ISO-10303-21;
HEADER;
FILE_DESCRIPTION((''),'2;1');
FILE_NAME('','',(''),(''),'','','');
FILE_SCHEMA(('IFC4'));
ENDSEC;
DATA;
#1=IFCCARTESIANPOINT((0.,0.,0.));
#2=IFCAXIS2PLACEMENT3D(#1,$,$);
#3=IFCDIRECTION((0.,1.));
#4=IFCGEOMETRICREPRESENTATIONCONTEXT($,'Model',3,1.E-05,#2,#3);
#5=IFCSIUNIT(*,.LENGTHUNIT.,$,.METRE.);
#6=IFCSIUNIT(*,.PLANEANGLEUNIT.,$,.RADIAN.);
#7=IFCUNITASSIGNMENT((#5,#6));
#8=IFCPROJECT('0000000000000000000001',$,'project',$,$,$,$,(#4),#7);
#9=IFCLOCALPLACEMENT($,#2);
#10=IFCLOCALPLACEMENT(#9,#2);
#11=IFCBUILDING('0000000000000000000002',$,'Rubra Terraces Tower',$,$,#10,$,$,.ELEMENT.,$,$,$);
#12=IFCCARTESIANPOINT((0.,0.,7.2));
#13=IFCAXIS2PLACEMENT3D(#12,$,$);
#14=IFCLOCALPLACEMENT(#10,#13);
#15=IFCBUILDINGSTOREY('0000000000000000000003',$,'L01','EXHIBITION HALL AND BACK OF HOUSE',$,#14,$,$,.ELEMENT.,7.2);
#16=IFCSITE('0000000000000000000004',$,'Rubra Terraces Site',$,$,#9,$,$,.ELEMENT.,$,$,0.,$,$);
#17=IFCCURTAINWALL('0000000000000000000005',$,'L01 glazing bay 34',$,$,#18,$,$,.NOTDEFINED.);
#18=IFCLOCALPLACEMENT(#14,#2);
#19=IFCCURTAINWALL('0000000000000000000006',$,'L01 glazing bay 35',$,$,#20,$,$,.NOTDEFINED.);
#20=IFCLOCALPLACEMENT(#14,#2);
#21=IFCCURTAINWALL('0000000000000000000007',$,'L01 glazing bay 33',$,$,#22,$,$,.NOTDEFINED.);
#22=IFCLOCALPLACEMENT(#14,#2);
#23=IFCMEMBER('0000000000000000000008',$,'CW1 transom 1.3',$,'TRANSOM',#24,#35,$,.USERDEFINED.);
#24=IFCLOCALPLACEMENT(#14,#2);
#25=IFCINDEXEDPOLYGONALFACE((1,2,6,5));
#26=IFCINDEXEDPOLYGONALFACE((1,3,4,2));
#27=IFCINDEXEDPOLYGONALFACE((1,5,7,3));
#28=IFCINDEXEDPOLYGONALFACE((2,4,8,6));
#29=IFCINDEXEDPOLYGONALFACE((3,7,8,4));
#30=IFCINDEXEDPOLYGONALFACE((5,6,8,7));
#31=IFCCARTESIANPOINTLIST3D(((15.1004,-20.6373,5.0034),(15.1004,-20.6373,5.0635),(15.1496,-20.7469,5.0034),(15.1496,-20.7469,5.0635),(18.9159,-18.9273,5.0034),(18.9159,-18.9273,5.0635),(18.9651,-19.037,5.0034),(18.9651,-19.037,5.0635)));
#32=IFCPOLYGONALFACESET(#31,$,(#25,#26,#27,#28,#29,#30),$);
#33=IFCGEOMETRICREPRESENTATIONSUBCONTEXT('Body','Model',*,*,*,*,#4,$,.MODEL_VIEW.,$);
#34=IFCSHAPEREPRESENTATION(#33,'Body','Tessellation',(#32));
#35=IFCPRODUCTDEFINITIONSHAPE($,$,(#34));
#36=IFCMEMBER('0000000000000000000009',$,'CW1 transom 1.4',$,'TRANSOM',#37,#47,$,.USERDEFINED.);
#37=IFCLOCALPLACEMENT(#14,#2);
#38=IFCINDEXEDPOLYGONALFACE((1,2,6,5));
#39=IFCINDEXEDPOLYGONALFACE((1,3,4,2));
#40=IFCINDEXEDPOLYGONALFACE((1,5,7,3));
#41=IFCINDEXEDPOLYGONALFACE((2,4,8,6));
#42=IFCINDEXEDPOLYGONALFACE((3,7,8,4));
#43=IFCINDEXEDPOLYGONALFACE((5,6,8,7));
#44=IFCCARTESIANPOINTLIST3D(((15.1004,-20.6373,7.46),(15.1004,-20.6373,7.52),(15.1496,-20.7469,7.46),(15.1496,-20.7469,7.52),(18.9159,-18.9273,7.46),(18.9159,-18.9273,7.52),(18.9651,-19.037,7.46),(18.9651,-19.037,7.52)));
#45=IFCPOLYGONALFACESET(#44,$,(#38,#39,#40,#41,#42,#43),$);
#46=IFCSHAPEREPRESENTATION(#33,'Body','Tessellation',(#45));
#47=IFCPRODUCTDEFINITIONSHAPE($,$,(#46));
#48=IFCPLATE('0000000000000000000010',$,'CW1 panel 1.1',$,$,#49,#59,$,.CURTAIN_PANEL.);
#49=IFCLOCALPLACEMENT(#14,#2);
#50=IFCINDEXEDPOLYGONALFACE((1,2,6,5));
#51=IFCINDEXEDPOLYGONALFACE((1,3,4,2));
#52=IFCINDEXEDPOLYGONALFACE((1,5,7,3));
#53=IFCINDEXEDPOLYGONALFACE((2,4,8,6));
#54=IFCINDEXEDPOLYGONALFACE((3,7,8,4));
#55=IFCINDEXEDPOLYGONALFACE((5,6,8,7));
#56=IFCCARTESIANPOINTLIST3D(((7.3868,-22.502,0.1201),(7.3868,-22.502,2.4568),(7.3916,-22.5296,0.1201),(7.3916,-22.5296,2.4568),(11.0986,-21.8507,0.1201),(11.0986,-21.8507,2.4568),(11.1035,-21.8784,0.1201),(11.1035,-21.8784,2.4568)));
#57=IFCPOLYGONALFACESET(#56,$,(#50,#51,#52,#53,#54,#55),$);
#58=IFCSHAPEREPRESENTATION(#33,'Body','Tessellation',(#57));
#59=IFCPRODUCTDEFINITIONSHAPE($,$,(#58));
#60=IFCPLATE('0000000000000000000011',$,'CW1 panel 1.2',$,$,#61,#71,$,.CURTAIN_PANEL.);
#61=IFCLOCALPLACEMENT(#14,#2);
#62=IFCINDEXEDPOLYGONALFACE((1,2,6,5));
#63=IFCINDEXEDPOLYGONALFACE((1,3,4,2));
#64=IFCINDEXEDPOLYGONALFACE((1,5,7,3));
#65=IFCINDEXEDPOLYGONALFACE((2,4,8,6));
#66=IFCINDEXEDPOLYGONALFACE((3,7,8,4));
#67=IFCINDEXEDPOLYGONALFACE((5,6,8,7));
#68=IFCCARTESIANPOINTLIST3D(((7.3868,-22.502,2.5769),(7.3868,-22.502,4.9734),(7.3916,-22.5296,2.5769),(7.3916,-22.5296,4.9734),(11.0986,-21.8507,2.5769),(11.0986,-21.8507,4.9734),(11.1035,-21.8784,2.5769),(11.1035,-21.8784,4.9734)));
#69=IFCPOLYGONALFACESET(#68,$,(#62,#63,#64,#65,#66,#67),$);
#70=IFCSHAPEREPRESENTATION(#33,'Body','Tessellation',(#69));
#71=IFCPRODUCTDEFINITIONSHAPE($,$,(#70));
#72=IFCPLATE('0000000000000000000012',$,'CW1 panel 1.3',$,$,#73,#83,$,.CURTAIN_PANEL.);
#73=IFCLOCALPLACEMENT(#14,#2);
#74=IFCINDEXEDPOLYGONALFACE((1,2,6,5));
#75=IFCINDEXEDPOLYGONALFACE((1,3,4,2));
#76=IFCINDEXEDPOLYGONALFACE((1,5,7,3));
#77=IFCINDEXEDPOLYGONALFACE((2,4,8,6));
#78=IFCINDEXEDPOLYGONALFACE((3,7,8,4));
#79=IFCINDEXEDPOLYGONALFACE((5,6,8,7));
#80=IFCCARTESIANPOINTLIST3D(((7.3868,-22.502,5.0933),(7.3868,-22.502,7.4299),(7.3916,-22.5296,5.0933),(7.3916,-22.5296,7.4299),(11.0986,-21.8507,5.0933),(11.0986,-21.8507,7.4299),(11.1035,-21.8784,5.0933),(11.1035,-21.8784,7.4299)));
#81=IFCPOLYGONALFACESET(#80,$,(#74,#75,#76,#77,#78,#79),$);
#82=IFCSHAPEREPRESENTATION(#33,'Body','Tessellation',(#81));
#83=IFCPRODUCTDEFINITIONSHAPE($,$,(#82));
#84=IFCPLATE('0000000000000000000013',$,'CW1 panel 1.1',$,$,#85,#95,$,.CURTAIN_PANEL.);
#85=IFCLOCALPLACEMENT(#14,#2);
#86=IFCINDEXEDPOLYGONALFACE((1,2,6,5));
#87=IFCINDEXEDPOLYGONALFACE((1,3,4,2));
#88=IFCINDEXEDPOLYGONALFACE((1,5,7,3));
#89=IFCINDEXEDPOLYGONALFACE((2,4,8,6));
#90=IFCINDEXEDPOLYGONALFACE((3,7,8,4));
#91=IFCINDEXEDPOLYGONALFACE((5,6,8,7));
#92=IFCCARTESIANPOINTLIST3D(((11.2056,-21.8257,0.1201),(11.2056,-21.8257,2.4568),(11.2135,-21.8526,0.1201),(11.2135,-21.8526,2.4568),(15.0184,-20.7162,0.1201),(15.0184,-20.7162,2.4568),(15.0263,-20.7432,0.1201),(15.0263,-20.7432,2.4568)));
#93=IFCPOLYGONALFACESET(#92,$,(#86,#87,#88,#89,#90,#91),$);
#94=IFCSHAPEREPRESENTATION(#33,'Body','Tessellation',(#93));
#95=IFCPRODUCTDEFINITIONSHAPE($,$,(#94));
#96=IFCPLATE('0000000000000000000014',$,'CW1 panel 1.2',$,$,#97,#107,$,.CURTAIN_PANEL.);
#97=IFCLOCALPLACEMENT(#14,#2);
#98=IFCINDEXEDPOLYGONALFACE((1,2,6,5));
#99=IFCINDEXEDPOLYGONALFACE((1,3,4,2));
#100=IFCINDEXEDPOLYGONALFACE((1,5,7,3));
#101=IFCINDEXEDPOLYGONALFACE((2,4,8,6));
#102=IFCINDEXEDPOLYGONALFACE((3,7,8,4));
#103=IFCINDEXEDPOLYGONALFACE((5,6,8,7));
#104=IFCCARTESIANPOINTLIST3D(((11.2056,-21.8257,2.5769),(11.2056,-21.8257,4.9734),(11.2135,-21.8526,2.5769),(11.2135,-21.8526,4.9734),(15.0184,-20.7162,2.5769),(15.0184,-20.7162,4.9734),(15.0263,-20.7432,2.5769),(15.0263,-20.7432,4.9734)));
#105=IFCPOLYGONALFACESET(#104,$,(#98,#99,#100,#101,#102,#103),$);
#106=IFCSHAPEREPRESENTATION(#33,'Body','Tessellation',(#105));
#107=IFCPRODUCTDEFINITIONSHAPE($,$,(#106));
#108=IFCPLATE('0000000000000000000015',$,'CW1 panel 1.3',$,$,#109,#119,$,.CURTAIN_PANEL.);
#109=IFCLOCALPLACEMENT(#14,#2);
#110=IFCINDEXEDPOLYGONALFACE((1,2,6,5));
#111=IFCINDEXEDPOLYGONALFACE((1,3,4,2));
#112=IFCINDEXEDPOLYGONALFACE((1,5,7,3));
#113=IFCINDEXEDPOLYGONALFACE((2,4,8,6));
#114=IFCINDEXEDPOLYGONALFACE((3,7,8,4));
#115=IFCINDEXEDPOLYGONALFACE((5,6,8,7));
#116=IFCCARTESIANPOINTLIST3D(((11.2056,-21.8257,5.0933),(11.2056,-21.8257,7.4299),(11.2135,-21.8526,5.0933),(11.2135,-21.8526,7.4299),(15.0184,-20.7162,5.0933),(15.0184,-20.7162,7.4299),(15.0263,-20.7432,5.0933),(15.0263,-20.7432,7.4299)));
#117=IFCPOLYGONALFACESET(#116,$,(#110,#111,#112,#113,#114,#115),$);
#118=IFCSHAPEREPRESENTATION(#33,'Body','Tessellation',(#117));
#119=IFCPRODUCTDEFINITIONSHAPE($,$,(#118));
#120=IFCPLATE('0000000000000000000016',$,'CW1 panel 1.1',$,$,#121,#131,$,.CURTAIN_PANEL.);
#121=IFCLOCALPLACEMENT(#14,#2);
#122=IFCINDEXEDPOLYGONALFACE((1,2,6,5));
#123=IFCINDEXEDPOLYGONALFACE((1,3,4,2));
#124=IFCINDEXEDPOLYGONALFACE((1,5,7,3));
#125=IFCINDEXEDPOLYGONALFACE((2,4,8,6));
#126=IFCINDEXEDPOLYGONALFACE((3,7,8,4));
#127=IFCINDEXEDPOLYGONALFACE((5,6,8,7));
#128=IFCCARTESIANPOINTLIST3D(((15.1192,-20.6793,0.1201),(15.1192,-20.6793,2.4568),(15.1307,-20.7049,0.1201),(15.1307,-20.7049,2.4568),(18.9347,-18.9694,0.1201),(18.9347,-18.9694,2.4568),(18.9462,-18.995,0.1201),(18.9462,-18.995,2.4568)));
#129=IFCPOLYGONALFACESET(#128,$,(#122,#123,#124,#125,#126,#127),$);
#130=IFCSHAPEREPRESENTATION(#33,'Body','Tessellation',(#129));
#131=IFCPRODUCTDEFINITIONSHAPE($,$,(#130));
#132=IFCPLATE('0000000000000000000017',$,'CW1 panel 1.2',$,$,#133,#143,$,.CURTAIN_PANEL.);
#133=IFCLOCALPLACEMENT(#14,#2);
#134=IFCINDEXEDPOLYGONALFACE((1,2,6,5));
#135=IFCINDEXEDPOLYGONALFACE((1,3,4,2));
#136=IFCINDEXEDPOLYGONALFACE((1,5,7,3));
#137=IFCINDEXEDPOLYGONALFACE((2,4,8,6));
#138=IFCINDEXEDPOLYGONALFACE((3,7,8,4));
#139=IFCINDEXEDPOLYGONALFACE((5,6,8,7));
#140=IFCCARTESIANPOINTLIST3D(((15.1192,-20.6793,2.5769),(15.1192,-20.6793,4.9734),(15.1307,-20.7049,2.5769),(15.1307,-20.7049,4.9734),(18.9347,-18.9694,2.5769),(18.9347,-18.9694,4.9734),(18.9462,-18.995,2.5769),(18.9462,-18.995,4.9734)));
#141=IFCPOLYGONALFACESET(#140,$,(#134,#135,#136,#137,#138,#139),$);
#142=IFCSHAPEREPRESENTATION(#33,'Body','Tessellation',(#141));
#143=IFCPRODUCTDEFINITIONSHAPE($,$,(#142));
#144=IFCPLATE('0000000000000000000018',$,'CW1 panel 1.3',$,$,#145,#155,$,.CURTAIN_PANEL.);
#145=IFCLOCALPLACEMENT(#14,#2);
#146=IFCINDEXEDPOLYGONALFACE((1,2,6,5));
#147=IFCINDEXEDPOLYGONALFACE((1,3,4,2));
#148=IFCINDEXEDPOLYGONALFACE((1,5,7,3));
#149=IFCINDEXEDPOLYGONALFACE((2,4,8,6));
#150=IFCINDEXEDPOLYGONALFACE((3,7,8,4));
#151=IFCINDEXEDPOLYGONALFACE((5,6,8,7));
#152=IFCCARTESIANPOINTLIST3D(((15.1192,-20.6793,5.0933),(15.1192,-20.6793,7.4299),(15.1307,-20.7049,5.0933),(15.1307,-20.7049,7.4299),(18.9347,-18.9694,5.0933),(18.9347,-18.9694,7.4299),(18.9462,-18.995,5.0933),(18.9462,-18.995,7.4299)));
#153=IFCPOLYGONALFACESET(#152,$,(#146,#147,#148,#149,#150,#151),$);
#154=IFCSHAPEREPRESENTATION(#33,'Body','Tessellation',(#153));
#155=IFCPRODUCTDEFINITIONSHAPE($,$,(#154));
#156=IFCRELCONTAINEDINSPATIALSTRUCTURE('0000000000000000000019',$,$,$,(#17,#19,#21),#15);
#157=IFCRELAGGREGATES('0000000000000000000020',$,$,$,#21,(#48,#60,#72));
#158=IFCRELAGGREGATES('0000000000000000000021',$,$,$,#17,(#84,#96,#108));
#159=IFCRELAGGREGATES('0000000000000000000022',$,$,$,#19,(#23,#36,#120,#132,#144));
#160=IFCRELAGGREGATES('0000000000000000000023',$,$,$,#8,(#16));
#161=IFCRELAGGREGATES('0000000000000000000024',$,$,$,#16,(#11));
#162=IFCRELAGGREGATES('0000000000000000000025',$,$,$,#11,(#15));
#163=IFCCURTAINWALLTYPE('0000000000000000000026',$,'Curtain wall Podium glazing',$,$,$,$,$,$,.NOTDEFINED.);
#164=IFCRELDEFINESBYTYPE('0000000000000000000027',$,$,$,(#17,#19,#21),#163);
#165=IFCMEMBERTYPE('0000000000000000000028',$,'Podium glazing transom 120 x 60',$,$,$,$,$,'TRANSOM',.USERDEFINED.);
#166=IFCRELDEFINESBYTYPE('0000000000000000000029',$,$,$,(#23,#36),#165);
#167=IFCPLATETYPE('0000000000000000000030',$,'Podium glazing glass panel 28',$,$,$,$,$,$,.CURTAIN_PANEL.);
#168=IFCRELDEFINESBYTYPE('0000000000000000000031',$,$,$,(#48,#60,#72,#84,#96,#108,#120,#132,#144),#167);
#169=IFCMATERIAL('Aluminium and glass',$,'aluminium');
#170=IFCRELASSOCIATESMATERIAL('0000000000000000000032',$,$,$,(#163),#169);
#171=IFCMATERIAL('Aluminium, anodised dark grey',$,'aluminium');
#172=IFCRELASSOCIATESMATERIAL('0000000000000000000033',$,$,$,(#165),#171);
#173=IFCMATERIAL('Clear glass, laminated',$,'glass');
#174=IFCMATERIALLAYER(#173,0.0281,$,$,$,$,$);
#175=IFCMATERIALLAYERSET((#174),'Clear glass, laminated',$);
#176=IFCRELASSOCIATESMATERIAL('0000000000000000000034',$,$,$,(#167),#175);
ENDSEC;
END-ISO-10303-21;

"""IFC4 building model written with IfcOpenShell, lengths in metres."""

from ifc_helpers import new_model, si_unit, direction, frame, origin, origin_2d, place, context, subcontext, project, spatial, rectangle, extrude, material, layer, layer_set, material_profile, profile_set, type_object, element, aggregate, save


model = new_model("IFC4")

# Units and contexts
model_context = context("Model", 3, precision=1e-05, world=origin(), true_north=direction((0.0, 1.0)))
body_context = subcontext(model_context, "Body", "Model", "MODEL_VIEW")
ifc_project = project(units=[si_unit("LENGTHUNIT", "METRE"), si_unit("PLANEANGLEUNIT", "RADIAN")], contexts=[model_context])

# Site, building, storey
site_placement = place(None, origin())
site = spatial("IfcSite", under=ifc_project, at=site_placement, Name="Rubra Terraces Site", CompositionType="ELEMENT", RefElevation=0.0)
building_placement = place(site_placement, origin())
building = spatial("IfcBuilding", under=site, at=building_placement, Name="Rubra Terraces Tower", CompositionType="ELEMENT")
storey_placement = place(building_placement, frame((0.0, 0.0, 7.2)))
storey = spatial("IfcBuildingStorey", under=building, at=storey_placement, Name="L01", Description="EXHIBITION HALL AND BACK OF HOUSE", CompositionType="ELEMENT", Elevation=7.2)

# Curtain walls
ifc_material_1 = material(Name="Aluminium and glass", Category="aluminium")
curtain_wall_type = type_object("IfcCurtainWallType", Name="Curtain wall Podium glazing", PredefinedType="NOTDEFINED", material=ifc_material_1)
curtain_wall_1_placement = place(storey_placement, origin())
curtain_wall_1 = element("IfcCurtainWall", 1, at=curtain_wall_1_placement, inside=storey, type_object=curtain_wall_type, Name="L01 glazing bay 34", PredefinedType="NOTDEFINED")
ifc_material_2 = material(Name="Aluminium, anodised dark grey", Category="aluminium")
curtain_wall_2_placement = place(storey_placement, origin())
curtain_wall_2 = element("IfcCurtainWall", 2, at=curtain_wall_2_placement, inside=storey, type_object=curtain_wall_type, Name="L01 glazing bay 35", PredefinedType="NOTDEFINED")

# Curtain wall
curtain_wall_3_placement = place(storey_placement, origin())
curtain_wall_3 = element("IfcCurtainWall", 3, at=curtain_wall_3_placement, inside=storey, type_object=curtain_wall_type, Name="L01 glazing bay 33", PredefinedType="NOTDEFINED")
ifc_material_profile_1 = material_profile(ifc_material_2, rectangle(XDim=0.1201, YDim=0.0601, at=origin_2d()), Name="AL 120x60")
ifc_profile_set_1 = profile_set([ifc_material_profile_1], Name="Aluminium, anodised dark grey")
member_type_1 = type_object("IfcMemberType", Name="Podium glazing transom 120 x 60", ElementType="TRANSOM", PredefinedType="USERDEFINED", material=ifc_profile_set_1)

# Members
member_1_placement = place(storey_placement, frame((15.125, -20.6921, 5.0334), z_axis=(0.912545, 0.408975, 0.0), x_axis=(-0.408975, 0.912545, 0.0)))
member_1 = element("IfcMember", 4, at=member_1_placement, type_object=member_type_1, Name="CW1 transom 1.3", ObjectType="TRANSOM", PredefinedType="USERDEFINED", context=body_context, shape_type="SweptSolid", body=[
    extrude(rectangle(XDim=0.1201, YDim=0.0601, at=origin_2d()), origin(), (0.0, 0.0, 1.0), 4.1812),
])
member_2_placement = place(storey_placement, frame((15.125, -20.6921, 7.49), z_axis=(0.912545, 0.408975, 0.0), x_axis=(-0.408975, 0.912545, 0.0)))
member_2 = element("IfcMember", 5, at=member_2_placement, type_object=member_type_1, Name="CW1 transom 1.4", ObjectType="TRANSOM", PredefinedType="USERDEFINED", context=body_context, shape_type="SweptSolid", body=[
    extrude(rectangle(XDim=0.1201, YDim=0.0601, at=origin_2d()), origin(), (0.0, 0.0, 1.0), 4.1812),
])

# Plates
ifc_material_3 = material(Name="Clear glass, laminated", Category="glass")
ifc_layer = layer(ifc_material_3, 0.0281)
ifc_layer_set = layer_set([ifc_layer], Name="Clear glass, laminated")
plate_type = type_object("IfcPlateType", Name="Podium glazing glass panel 28", PredefinedType="CURTAIN_PANEL", material=ifc_layer_set)
plate_1_placement = place(storey_placement, frame((9.2451, -22.1902, 0.1201), z_axis=(0.0, 0.0, 1.0), x_axis=(0.984954, 0.172817, 0.0)))
plate_1 = element("IfcPlate", 6, at=plate_1_placement, type_object=plate_type, Name="CW1 panel 1.1", PredefinedType="CURTAIN_PANEL", context=body_context, shape_type="SweptSolid", body=[
    extrude(rectangle(XDim=3.7686, YDim=0.0281, at=origin_2d()), origin(), (0.0, 0.0, 1.0), 2.3367),
])
plate_2_placement = place(storey_placement, frame((9.2451, -22.1902, 2.5769), z_axis=(0.0, 0.0, 1.0), x_axis=(0.984954, 0.172817, 0.0)))
plate_2 = element("IfcPlate", 7, at=plate_2_placement, type_object=plate_type, Name="CW1 panel 1.2", PredefinedType="CURTAIN_PANEL", context=body_context, shape_type="SweptSolid", body=[
    extrude(rectangle(XDim=3.7686, YDim=0.0281, at=origin_2d()), origin(), (0.0, 0.0, 1.0), 2.3965),
])
plate_3_placement = place(storey_placement, frame((9.2451, -22.1902, 5.0933), z_axis=(0.0, 0.0, 1.0), x_axis=(0.984954, 0.172817, 0.0)))
plate_3 = element("IfcPlate", 8, at=plate_3_placement, type_object=plate_type, Name="CW1 panel 1.3", PredefinedType="CURTAIN_PANEL", context=body_context, shape_type="SweptSolid", body=[
    extrude(rectangle(XDim=3.7686, YDim=0.0281, at=origin_2d()), origin(), (0.0, 0.0, 1.0), 2.3367),
])
aggregate(curtain_wall_3, [plate_1, plate_2, plate_3])
plate_4_placement = place(storey_placement, frame((13.116, -21.2844, 0.1201), z_axis=(0.0, 0.0, 1.0), x_axis=(0.960175, 0.279399, 0.0)))
plate_4 = element("IfcPlate", 9, at=plate_4_placement, type_object=plate_type, Name="CW1 panel 1.1", PredefinedType="CURTAIN_PANEL", context=body_context, shape_type="SweptSolid", body=[
    extrude(rectangle(XDim=3.9709, YDim=0.0281, at=origin_2d()), origin(), (0.0, 0.0, 1.0), 2.3367),
])
plate_5_placement = place(storey_placement, frame((13.116, -21.2844, 2.5769), z_axis=(0.0, 0.0, 1.0), x_axis=(0.960175, 0.279399, 0.0)))
plate_5 = element("IfcPlate", 10, at=plate_5_placement, type_object=plate_type, Name="CW1 panel 1.2", PredefinedType="CURTAIN_PANEL", context=body_context, shape_type="SweptSolid", body=[
    extrude(rectangle(XDim=3.9709, YDim=0.0281, at=origin_2d()), origin(), (0.0, 0.0, 1.0), 2.3965),
])
plate_6_placement = place(storey_placement, frame((13.116, -21.2844, 5.0933), z_axis=(0.0, 0.0, 1.0), x_axis=(0.960175, 0.279399, 0.0)))
plate_6 = element("IfcPlate", 11, at=plate_6_placement, type_object=plate_type, Name="CW1 panel 1.3", PredefinedType="CURTAIN_PANEL", context=body_context, shape_type="SweptSolid", body=[
    extrude(rectangle(XDim=3.9709, YDim=0.0281, at=origin_2d()), origin(), (0.0, 0.0, 1.0), 2.3367),
])
aggregate(curtain_wall_1, [plate_4, plate_5, plate_6])
plate_7_placement = place(storey_placement, frame((17.0327, -19.8372, 0.1201), z_axis=(0.0, 0.0, 1.0), x_axis=(0.912551, 0.408962, 0.0)))
plate_7 = element("IfcPlate", 12, at=plate_7_placement, type_object=plate_type, Name="CW1 panel 1.1", PredefinedType="CURTAIN_PANEL", context=body_context, shape_type="SweptSolid", body=[
    extrude(rectangle(XDim=4.1812, YDim=0.0281, at=origin_2d()), origin(), (0.0, 0.0, 1.0), 2.3367),
])
plate_8_placement = place(storey_placement, frame((17.0327, -19.8372, 2.5769), z_axis=(0.0, 0.0, 1.0), x_axis=(0.912551, 0.408962, 0.0)))
plate_8 = element("IfcPlate", 13, at=plate_8_placement, type_object=plate_type, Name="CW1 panel 1.2", PredefinedType="CURTAIN_PANEL", context=body_context, shape_type="SweptSolid", body=[
    extrude(rectangle(XDim=4.1812, YDim=0.0281, at=origin_2d()), origin(), (0.0, 0.0, 1.0), 2.3965),
])
plate_9_placement = place(storey_placement, frame((17.0327, -19.8372, 5.0933), z_axis=(0.0, 0.0, 1.0), x_axis=(0.912551, 0.408962, 0.0)))
plate_9 = element("IfcPlate", 14, at=plate_9_placement, type_object=plate_type, Name="CW1 panel 1.3", PredefinedType="CURTAIN_PANEL", context=body_context, shape_type="SweptSolid", body=[
    extrude(rectangle(XDim=4.1812, YDim=0.0281, at=origin_2d()), origin(), (0.0, 0.0, 1.0), 2.3367),
])
aggregate(curtain_wall_2, [member_1, member_2, plate_7, plate_8, plate_9])

save(model, "model.ifc")
